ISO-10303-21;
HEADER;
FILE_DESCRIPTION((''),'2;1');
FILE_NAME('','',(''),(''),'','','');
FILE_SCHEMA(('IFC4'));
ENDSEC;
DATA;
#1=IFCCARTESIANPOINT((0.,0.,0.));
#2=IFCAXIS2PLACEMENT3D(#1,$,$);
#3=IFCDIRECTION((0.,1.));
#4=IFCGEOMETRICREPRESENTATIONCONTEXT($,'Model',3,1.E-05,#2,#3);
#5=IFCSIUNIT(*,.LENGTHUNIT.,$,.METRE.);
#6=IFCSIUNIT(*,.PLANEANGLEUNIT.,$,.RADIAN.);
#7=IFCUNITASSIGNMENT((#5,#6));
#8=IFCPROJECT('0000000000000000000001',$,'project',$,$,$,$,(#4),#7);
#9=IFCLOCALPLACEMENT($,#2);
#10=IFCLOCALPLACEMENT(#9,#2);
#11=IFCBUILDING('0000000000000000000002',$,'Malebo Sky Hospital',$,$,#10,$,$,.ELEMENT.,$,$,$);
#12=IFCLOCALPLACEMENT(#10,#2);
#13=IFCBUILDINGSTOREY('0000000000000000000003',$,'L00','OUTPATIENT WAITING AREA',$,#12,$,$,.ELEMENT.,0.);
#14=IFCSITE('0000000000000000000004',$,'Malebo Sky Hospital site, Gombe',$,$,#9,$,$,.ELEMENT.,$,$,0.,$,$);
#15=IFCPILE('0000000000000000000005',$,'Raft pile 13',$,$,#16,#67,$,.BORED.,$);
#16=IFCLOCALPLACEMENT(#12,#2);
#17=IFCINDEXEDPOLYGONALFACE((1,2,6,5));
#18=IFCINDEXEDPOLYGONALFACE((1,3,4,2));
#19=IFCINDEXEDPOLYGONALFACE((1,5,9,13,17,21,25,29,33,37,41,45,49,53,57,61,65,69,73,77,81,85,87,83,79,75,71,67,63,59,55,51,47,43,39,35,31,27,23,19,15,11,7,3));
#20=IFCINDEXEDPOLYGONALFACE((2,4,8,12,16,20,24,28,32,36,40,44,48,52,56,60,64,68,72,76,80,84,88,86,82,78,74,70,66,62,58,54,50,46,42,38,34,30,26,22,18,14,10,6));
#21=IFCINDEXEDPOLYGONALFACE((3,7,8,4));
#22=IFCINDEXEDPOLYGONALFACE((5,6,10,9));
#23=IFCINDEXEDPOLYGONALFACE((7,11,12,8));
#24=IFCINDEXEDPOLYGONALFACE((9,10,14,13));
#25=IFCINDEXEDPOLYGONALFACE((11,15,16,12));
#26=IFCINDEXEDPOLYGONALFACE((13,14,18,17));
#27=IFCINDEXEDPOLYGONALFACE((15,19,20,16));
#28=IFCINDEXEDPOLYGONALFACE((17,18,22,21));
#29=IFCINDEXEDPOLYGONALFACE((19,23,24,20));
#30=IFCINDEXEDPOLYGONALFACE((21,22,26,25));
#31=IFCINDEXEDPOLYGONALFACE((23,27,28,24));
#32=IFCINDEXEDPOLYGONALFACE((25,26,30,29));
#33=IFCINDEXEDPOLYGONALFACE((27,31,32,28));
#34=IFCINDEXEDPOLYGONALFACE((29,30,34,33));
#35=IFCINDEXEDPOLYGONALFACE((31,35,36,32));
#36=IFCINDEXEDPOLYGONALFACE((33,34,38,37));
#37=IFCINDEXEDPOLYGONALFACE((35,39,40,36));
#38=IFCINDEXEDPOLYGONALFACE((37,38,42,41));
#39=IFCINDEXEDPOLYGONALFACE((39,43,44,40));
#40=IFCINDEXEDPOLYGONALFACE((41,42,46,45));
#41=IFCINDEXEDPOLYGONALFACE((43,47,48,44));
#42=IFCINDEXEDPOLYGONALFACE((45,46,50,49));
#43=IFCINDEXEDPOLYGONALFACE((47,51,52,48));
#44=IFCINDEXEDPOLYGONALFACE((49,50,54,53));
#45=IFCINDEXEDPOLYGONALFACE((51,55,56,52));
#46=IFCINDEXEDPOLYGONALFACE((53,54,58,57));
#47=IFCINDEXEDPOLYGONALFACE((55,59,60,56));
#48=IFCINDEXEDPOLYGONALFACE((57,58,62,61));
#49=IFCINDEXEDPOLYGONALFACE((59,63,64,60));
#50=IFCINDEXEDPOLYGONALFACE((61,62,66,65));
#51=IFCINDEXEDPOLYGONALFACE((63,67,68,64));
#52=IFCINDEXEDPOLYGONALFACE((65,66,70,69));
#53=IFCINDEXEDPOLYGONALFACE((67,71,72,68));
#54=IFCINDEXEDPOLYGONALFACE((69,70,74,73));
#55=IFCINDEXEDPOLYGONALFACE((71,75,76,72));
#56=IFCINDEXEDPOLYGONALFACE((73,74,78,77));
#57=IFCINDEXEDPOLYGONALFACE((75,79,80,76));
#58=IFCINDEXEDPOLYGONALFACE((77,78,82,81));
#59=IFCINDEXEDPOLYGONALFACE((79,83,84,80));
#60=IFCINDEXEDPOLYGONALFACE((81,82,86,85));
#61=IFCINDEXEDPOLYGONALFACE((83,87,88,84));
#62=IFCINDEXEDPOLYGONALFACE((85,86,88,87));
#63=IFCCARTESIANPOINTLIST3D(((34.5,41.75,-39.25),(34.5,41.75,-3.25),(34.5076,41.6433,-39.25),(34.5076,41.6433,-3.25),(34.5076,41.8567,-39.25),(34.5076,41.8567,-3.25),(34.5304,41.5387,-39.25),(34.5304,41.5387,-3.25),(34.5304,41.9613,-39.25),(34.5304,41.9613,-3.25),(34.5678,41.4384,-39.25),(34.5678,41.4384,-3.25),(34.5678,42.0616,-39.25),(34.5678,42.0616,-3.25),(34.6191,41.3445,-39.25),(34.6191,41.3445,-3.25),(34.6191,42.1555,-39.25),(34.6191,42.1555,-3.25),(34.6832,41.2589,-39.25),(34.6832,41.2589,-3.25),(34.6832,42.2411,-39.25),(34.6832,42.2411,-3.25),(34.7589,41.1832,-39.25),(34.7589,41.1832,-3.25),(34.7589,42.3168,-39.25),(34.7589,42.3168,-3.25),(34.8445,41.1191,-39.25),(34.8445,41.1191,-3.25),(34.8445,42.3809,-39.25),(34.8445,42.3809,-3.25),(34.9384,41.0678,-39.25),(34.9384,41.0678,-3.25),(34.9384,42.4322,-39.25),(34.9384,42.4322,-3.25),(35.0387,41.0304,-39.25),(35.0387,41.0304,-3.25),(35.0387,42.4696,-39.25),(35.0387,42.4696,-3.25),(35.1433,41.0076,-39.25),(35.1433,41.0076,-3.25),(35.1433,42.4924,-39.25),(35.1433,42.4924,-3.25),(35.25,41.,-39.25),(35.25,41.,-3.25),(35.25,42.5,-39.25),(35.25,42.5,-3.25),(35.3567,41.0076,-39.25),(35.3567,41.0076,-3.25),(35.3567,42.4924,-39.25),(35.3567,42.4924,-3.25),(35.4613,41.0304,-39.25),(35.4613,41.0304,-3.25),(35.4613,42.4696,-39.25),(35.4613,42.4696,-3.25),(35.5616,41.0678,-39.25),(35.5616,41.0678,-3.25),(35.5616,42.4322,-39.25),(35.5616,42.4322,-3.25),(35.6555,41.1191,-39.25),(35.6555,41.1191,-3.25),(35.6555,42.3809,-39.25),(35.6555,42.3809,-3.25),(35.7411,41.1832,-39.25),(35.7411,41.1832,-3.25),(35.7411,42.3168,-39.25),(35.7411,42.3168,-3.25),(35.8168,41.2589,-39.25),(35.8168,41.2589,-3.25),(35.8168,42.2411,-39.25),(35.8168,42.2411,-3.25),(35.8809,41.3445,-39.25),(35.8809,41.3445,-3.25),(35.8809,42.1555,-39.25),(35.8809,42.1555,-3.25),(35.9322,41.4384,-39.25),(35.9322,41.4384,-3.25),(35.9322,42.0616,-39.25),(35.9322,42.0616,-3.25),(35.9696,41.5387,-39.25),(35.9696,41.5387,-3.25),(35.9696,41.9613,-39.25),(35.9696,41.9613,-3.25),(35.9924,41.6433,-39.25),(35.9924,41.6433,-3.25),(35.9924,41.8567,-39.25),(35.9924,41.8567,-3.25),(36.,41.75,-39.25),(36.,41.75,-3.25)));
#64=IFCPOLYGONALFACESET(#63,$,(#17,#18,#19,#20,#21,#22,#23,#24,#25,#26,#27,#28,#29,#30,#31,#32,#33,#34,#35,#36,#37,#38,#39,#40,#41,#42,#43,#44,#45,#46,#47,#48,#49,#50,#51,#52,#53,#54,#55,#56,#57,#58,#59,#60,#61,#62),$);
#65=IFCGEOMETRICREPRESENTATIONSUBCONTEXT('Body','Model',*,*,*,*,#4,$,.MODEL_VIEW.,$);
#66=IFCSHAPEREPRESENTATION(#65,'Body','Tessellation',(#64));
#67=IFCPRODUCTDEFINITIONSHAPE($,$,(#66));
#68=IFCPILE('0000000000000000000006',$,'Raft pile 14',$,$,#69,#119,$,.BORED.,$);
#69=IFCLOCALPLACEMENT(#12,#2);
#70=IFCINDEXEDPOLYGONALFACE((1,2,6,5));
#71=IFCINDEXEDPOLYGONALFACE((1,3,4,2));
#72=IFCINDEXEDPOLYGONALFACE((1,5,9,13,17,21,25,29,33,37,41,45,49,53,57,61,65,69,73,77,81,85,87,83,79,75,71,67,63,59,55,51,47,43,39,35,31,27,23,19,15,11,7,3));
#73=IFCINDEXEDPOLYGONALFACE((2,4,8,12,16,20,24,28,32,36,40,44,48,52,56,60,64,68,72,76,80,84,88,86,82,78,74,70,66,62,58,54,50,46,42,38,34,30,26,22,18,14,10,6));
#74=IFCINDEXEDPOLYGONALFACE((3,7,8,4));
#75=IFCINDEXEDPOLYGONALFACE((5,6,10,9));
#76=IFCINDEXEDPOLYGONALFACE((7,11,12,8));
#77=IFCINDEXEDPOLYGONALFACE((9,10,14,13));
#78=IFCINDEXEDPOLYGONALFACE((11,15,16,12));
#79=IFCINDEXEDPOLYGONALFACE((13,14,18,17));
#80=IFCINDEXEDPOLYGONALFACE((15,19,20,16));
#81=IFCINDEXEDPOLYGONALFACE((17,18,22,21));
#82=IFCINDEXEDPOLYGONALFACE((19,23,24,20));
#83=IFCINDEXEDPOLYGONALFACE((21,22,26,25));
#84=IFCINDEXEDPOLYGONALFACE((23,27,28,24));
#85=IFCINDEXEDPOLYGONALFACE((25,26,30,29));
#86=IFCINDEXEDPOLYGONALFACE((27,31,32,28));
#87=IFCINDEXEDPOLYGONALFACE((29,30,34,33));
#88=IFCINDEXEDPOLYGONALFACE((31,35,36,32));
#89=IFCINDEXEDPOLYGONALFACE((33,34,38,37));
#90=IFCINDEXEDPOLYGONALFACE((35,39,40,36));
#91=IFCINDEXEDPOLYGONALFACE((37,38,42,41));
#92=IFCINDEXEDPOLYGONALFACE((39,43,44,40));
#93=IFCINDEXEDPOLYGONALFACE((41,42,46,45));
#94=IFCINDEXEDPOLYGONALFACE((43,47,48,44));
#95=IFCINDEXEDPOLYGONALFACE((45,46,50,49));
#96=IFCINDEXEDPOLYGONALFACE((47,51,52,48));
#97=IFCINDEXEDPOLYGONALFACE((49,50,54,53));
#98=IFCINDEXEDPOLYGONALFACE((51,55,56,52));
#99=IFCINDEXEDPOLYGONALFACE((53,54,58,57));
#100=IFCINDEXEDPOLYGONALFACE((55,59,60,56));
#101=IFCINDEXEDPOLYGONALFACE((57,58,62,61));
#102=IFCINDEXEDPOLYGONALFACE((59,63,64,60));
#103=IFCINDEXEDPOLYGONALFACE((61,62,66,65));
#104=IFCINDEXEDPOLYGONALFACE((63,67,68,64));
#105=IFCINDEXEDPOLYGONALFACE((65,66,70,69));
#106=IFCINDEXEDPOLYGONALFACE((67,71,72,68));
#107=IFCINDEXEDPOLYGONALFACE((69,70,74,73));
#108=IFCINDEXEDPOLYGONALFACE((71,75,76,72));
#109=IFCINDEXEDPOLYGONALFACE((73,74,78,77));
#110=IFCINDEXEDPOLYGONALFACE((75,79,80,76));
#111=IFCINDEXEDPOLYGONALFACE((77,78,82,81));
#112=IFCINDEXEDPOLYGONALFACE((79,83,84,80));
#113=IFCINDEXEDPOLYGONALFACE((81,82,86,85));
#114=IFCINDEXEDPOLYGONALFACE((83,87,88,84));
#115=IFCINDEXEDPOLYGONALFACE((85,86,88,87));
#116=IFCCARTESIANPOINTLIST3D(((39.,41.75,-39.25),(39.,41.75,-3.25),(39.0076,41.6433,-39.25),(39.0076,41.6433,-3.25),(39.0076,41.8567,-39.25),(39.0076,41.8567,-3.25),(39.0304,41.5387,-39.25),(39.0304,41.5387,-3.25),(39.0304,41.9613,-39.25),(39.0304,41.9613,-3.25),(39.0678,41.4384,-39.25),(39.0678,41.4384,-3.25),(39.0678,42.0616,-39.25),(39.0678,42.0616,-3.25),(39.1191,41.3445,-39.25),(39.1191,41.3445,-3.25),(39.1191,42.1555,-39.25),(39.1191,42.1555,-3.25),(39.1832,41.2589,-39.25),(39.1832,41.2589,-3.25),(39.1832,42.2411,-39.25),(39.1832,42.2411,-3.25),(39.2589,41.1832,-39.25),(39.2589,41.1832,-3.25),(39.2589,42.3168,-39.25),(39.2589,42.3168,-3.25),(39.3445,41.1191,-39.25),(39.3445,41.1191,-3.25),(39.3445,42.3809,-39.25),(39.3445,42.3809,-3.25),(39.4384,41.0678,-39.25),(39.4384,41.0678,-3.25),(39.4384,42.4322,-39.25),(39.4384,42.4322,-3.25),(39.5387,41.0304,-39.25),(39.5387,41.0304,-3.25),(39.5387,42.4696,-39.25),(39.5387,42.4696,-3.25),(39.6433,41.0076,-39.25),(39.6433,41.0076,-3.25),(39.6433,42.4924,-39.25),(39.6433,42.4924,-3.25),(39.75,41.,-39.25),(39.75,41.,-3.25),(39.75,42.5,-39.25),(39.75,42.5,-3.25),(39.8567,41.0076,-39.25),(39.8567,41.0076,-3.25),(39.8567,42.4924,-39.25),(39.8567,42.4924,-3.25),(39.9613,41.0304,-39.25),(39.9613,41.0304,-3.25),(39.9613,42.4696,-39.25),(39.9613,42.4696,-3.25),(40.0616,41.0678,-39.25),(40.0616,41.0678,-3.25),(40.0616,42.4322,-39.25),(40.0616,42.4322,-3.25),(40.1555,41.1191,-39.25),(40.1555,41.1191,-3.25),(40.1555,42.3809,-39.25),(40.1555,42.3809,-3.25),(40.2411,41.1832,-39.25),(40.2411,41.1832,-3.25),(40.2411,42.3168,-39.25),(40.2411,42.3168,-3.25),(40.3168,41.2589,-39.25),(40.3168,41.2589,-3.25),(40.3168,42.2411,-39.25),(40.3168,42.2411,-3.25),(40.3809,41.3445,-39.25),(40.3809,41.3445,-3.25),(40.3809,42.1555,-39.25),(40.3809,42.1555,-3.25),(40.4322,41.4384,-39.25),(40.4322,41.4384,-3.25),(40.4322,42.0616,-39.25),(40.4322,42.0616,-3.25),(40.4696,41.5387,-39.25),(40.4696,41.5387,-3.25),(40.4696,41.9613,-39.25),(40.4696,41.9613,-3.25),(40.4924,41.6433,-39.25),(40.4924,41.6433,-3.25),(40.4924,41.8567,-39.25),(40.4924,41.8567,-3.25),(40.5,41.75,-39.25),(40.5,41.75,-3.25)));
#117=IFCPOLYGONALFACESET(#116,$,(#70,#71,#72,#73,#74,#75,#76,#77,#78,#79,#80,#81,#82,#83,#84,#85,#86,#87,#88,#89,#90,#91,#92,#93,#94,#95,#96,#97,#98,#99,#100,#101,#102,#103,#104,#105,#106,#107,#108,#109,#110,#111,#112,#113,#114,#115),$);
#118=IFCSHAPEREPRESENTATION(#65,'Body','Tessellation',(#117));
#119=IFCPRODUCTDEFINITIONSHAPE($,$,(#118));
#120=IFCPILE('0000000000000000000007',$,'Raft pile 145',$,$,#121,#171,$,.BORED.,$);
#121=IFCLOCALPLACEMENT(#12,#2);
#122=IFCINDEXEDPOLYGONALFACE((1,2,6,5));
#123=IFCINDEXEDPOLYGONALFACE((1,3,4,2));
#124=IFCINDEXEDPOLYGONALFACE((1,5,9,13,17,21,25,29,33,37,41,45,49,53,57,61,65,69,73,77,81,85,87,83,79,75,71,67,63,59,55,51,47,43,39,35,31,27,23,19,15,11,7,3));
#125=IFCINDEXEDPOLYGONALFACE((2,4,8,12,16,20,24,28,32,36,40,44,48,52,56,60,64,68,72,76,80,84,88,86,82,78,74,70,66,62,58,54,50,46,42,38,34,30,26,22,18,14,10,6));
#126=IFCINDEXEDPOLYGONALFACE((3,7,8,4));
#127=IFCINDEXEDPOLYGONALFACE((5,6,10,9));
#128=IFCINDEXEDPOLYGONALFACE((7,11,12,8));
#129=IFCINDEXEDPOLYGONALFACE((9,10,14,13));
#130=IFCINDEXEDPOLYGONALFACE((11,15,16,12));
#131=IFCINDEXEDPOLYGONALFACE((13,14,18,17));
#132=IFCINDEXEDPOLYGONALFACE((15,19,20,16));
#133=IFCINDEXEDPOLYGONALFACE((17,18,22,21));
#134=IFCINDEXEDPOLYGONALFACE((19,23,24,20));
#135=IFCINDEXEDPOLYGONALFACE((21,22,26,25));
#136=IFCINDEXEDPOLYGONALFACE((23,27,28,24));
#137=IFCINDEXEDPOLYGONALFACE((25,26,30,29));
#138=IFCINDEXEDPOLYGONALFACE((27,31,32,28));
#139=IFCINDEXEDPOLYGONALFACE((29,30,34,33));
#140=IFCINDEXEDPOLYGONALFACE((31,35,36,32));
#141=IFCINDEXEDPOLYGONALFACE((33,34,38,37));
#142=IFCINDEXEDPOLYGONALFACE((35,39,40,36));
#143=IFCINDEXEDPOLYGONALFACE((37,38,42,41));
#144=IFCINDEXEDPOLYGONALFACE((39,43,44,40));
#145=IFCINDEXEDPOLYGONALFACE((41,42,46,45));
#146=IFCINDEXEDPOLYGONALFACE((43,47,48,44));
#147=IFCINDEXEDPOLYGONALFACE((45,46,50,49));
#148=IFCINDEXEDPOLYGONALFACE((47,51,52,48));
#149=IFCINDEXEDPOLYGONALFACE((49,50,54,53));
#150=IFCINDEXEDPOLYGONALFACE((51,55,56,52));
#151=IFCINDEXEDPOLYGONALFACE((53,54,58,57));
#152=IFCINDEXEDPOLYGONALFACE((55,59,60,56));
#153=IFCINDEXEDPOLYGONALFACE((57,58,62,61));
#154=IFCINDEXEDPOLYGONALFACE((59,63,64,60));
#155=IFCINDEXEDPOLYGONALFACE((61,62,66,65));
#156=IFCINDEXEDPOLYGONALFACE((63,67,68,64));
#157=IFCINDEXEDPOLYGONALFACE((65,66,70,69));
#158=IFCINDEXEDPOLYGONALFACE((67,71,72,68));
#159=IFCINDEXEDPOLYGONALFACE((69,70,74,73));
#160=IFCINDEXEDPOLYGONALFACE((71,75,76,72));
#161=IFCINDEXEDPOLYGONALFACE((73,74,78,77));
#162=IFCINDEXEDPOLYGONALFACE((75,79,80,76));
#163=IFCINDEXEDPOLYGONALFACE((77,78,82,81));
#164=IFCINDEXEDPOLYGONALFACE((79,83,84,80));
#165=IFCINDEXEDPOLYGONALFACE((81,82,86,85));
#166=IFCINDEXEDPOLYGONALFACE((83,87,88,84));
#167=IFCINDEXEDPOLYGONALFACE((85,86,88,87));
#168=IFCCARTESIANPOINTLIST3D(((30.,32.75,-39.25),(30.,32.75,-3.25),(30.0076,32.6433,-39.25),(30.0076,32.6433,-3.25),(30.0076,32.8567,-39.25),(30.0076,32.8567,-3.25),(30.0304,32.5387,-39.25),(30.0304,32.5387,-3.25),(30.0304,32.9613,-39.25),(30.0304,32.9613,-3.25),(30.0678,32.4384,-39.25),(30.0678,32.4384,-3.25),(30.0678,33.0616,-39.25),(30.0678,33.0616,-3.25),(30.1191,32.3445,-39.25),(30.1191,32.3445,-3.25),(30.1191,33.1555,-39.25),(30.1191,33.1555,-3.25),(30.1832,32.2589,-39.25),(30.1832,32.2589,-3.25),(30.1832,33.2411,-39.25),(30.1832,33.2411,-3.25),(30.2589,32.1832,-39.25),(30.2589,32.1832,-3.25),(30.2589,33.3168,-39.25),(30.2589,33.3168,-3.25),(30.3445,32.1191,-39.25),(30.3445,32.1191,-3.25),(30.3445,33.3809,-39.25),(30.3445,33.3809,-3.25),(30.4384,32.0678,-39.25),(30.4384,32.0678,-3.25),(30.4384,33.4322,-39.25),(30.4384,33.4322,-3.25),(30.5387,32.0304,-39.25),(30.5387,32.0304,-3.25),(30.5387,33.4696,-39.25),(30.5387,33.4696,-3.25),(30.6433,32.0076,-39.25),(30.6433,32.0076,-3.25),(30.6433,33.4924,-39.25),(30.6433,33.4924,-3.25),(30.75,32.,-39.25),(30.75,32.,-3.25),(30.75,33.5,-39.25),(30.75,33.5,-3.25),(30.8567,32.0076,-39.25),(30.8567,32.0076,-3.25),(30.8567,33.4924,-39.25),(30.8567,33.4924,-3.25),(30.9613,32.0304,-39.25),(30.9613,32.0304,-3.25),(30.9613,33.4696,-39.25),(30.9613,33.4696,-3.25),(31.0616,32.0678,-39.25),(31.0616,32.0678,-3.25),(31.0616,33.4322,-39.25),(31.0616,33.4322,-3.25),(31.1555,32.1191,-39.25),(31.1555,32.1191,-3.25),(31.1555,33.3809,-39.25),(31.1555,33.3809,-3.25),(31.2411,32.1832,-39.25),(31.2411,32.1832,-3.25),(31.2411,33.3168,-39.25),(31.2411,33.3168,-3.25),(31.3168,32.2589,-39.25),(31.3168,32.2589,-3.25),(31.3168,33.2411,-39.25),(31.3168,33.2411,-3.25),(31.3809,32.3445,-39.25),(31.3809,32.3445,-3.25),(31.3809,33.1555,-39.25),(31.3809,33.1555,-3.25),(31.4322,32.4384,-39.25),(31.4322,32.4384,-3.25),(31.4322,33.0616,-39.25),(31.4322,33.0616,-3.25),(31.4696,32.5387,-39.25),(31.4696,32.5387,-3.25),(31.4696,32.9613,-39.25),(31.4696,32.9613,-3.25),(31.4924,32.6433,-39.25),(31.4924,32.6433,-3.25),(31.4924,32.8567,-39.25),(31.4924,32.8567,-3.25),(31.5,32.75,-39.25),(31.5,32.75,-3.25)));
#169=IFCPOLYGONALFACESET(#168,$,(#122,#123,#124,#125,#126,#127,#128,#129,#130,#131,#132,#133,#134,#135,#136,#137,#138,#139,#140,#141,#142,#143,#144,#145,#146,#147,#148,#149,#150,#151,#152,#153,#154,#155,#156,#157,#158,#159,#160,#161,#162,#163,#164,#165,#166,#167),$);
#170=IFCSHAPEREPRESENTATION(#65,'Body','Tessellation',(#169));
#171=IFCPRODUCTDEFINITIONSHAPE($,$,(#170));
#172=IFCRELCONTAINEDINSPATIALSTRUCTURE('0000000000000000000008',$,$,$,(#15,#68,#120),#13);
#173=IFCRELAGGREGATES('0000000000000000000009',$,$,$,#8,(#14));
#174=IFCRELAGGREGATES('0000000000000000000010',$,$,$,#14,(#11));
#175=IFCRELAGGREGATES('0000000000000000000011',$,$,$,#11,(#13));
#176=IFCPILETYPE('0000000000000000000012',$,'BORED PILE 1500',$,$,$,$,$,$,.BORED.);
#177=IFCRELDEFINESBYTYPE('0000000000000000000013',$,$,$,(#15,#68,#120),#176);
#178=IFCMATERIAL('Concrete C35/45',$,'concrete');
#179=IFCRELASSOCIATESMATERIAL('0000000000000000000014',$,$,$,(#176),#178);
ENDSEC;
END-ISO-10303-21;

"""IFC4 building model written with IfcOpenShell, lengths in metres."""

from ifc_helpers import new_model, si_unit, direction, frame, origin, origin_2d, place, context, subcontext, project, spatial, circle, extrude, material, material_profile, profile_set, type_object, element, save


model = new_model("IFC4")

# Units and contexts
model_context = context("Model", 3, precision=1e-05, world=origin(), true_north=direction((0.0, 1.0)))
body_context = subcontext(model_context, "Body", "Model", "MODEL_VIEW")
ifc_project = project(units=[si_unit("LENGTHUNIT", "METRE"), si_unit("PLANEANGLEUNIT", "RADIAN")], contexts=[model_context])

# Site, building, storey
site_placement = place(None, origin())
site = spatial("IfcSite", under=ifc_project, at=site_placement, Name="Malebo Sky Hospital site, Gombe", CompositionType="ELEMENT", RefElevation=0.0)
building_placement = place(site_placement, origin())
building = spatial("IfcBuilding", under=site, at=building_placement, Name="Malebo Sky Hospital", CompositionType="ELEMENT")
storey_placement = place(building_placement, origin())
storey = spatial("IfcBuildingStorey", under=building, at=storey_placement, Name="L00", Description="OUTPATIENT WAITING AREA", CompositionType="ELEMENT", Elevation=0.0)

# Piles
ifc_material_1 = material(Name="Concrete C35/45", Category="concrete")
ifc_material_profile_1 = material_profile(ifc_material_1, circle(Radius=0.75, at=origin_2d()), Name="BP 1500")
ifc_profile_set_1 = profile_set([ifc_material_profile_1], Name="Concrete C35/45")
pile_type = type_object("IfcPileType", Name="BORED PILE 1500", PredefinedType="BORED", material=ifc_profile_set_1)
for number, where, z_axis, x_axis, name in (
    (1, (35.25, 41.75, -3.25), (0.0, 0.0, -1.0), (1.0, 0.0, 0.0), "Raft pile 13"),
    (2, (39.75, 41.75, -3.25), (0.0, 0.0, -1.0), (1.0, 0.0, 0.0), "Raft pile 14"),
    (3, (30.75, 32.75, -3.25), (0.0, 0.0, -1.0), (1.0, 0.0, 0.0), "Raft pile 145"),
):
    element("IfcPile", number, at=place(storey_placement, frame(where, z_axis=z_axis, x_axis=x_axis)), inside=storey, type_object=pile_type, Name=name, PredefinedType="BORED", context=body_context, shape_type="SweptSolid", body=[
        extrude(circle(Radius=0.75, at=origin_2d()), origin(), (0.0, 0.0, 1.0), 36.0),
    ])

save(model, "model.ifc")
